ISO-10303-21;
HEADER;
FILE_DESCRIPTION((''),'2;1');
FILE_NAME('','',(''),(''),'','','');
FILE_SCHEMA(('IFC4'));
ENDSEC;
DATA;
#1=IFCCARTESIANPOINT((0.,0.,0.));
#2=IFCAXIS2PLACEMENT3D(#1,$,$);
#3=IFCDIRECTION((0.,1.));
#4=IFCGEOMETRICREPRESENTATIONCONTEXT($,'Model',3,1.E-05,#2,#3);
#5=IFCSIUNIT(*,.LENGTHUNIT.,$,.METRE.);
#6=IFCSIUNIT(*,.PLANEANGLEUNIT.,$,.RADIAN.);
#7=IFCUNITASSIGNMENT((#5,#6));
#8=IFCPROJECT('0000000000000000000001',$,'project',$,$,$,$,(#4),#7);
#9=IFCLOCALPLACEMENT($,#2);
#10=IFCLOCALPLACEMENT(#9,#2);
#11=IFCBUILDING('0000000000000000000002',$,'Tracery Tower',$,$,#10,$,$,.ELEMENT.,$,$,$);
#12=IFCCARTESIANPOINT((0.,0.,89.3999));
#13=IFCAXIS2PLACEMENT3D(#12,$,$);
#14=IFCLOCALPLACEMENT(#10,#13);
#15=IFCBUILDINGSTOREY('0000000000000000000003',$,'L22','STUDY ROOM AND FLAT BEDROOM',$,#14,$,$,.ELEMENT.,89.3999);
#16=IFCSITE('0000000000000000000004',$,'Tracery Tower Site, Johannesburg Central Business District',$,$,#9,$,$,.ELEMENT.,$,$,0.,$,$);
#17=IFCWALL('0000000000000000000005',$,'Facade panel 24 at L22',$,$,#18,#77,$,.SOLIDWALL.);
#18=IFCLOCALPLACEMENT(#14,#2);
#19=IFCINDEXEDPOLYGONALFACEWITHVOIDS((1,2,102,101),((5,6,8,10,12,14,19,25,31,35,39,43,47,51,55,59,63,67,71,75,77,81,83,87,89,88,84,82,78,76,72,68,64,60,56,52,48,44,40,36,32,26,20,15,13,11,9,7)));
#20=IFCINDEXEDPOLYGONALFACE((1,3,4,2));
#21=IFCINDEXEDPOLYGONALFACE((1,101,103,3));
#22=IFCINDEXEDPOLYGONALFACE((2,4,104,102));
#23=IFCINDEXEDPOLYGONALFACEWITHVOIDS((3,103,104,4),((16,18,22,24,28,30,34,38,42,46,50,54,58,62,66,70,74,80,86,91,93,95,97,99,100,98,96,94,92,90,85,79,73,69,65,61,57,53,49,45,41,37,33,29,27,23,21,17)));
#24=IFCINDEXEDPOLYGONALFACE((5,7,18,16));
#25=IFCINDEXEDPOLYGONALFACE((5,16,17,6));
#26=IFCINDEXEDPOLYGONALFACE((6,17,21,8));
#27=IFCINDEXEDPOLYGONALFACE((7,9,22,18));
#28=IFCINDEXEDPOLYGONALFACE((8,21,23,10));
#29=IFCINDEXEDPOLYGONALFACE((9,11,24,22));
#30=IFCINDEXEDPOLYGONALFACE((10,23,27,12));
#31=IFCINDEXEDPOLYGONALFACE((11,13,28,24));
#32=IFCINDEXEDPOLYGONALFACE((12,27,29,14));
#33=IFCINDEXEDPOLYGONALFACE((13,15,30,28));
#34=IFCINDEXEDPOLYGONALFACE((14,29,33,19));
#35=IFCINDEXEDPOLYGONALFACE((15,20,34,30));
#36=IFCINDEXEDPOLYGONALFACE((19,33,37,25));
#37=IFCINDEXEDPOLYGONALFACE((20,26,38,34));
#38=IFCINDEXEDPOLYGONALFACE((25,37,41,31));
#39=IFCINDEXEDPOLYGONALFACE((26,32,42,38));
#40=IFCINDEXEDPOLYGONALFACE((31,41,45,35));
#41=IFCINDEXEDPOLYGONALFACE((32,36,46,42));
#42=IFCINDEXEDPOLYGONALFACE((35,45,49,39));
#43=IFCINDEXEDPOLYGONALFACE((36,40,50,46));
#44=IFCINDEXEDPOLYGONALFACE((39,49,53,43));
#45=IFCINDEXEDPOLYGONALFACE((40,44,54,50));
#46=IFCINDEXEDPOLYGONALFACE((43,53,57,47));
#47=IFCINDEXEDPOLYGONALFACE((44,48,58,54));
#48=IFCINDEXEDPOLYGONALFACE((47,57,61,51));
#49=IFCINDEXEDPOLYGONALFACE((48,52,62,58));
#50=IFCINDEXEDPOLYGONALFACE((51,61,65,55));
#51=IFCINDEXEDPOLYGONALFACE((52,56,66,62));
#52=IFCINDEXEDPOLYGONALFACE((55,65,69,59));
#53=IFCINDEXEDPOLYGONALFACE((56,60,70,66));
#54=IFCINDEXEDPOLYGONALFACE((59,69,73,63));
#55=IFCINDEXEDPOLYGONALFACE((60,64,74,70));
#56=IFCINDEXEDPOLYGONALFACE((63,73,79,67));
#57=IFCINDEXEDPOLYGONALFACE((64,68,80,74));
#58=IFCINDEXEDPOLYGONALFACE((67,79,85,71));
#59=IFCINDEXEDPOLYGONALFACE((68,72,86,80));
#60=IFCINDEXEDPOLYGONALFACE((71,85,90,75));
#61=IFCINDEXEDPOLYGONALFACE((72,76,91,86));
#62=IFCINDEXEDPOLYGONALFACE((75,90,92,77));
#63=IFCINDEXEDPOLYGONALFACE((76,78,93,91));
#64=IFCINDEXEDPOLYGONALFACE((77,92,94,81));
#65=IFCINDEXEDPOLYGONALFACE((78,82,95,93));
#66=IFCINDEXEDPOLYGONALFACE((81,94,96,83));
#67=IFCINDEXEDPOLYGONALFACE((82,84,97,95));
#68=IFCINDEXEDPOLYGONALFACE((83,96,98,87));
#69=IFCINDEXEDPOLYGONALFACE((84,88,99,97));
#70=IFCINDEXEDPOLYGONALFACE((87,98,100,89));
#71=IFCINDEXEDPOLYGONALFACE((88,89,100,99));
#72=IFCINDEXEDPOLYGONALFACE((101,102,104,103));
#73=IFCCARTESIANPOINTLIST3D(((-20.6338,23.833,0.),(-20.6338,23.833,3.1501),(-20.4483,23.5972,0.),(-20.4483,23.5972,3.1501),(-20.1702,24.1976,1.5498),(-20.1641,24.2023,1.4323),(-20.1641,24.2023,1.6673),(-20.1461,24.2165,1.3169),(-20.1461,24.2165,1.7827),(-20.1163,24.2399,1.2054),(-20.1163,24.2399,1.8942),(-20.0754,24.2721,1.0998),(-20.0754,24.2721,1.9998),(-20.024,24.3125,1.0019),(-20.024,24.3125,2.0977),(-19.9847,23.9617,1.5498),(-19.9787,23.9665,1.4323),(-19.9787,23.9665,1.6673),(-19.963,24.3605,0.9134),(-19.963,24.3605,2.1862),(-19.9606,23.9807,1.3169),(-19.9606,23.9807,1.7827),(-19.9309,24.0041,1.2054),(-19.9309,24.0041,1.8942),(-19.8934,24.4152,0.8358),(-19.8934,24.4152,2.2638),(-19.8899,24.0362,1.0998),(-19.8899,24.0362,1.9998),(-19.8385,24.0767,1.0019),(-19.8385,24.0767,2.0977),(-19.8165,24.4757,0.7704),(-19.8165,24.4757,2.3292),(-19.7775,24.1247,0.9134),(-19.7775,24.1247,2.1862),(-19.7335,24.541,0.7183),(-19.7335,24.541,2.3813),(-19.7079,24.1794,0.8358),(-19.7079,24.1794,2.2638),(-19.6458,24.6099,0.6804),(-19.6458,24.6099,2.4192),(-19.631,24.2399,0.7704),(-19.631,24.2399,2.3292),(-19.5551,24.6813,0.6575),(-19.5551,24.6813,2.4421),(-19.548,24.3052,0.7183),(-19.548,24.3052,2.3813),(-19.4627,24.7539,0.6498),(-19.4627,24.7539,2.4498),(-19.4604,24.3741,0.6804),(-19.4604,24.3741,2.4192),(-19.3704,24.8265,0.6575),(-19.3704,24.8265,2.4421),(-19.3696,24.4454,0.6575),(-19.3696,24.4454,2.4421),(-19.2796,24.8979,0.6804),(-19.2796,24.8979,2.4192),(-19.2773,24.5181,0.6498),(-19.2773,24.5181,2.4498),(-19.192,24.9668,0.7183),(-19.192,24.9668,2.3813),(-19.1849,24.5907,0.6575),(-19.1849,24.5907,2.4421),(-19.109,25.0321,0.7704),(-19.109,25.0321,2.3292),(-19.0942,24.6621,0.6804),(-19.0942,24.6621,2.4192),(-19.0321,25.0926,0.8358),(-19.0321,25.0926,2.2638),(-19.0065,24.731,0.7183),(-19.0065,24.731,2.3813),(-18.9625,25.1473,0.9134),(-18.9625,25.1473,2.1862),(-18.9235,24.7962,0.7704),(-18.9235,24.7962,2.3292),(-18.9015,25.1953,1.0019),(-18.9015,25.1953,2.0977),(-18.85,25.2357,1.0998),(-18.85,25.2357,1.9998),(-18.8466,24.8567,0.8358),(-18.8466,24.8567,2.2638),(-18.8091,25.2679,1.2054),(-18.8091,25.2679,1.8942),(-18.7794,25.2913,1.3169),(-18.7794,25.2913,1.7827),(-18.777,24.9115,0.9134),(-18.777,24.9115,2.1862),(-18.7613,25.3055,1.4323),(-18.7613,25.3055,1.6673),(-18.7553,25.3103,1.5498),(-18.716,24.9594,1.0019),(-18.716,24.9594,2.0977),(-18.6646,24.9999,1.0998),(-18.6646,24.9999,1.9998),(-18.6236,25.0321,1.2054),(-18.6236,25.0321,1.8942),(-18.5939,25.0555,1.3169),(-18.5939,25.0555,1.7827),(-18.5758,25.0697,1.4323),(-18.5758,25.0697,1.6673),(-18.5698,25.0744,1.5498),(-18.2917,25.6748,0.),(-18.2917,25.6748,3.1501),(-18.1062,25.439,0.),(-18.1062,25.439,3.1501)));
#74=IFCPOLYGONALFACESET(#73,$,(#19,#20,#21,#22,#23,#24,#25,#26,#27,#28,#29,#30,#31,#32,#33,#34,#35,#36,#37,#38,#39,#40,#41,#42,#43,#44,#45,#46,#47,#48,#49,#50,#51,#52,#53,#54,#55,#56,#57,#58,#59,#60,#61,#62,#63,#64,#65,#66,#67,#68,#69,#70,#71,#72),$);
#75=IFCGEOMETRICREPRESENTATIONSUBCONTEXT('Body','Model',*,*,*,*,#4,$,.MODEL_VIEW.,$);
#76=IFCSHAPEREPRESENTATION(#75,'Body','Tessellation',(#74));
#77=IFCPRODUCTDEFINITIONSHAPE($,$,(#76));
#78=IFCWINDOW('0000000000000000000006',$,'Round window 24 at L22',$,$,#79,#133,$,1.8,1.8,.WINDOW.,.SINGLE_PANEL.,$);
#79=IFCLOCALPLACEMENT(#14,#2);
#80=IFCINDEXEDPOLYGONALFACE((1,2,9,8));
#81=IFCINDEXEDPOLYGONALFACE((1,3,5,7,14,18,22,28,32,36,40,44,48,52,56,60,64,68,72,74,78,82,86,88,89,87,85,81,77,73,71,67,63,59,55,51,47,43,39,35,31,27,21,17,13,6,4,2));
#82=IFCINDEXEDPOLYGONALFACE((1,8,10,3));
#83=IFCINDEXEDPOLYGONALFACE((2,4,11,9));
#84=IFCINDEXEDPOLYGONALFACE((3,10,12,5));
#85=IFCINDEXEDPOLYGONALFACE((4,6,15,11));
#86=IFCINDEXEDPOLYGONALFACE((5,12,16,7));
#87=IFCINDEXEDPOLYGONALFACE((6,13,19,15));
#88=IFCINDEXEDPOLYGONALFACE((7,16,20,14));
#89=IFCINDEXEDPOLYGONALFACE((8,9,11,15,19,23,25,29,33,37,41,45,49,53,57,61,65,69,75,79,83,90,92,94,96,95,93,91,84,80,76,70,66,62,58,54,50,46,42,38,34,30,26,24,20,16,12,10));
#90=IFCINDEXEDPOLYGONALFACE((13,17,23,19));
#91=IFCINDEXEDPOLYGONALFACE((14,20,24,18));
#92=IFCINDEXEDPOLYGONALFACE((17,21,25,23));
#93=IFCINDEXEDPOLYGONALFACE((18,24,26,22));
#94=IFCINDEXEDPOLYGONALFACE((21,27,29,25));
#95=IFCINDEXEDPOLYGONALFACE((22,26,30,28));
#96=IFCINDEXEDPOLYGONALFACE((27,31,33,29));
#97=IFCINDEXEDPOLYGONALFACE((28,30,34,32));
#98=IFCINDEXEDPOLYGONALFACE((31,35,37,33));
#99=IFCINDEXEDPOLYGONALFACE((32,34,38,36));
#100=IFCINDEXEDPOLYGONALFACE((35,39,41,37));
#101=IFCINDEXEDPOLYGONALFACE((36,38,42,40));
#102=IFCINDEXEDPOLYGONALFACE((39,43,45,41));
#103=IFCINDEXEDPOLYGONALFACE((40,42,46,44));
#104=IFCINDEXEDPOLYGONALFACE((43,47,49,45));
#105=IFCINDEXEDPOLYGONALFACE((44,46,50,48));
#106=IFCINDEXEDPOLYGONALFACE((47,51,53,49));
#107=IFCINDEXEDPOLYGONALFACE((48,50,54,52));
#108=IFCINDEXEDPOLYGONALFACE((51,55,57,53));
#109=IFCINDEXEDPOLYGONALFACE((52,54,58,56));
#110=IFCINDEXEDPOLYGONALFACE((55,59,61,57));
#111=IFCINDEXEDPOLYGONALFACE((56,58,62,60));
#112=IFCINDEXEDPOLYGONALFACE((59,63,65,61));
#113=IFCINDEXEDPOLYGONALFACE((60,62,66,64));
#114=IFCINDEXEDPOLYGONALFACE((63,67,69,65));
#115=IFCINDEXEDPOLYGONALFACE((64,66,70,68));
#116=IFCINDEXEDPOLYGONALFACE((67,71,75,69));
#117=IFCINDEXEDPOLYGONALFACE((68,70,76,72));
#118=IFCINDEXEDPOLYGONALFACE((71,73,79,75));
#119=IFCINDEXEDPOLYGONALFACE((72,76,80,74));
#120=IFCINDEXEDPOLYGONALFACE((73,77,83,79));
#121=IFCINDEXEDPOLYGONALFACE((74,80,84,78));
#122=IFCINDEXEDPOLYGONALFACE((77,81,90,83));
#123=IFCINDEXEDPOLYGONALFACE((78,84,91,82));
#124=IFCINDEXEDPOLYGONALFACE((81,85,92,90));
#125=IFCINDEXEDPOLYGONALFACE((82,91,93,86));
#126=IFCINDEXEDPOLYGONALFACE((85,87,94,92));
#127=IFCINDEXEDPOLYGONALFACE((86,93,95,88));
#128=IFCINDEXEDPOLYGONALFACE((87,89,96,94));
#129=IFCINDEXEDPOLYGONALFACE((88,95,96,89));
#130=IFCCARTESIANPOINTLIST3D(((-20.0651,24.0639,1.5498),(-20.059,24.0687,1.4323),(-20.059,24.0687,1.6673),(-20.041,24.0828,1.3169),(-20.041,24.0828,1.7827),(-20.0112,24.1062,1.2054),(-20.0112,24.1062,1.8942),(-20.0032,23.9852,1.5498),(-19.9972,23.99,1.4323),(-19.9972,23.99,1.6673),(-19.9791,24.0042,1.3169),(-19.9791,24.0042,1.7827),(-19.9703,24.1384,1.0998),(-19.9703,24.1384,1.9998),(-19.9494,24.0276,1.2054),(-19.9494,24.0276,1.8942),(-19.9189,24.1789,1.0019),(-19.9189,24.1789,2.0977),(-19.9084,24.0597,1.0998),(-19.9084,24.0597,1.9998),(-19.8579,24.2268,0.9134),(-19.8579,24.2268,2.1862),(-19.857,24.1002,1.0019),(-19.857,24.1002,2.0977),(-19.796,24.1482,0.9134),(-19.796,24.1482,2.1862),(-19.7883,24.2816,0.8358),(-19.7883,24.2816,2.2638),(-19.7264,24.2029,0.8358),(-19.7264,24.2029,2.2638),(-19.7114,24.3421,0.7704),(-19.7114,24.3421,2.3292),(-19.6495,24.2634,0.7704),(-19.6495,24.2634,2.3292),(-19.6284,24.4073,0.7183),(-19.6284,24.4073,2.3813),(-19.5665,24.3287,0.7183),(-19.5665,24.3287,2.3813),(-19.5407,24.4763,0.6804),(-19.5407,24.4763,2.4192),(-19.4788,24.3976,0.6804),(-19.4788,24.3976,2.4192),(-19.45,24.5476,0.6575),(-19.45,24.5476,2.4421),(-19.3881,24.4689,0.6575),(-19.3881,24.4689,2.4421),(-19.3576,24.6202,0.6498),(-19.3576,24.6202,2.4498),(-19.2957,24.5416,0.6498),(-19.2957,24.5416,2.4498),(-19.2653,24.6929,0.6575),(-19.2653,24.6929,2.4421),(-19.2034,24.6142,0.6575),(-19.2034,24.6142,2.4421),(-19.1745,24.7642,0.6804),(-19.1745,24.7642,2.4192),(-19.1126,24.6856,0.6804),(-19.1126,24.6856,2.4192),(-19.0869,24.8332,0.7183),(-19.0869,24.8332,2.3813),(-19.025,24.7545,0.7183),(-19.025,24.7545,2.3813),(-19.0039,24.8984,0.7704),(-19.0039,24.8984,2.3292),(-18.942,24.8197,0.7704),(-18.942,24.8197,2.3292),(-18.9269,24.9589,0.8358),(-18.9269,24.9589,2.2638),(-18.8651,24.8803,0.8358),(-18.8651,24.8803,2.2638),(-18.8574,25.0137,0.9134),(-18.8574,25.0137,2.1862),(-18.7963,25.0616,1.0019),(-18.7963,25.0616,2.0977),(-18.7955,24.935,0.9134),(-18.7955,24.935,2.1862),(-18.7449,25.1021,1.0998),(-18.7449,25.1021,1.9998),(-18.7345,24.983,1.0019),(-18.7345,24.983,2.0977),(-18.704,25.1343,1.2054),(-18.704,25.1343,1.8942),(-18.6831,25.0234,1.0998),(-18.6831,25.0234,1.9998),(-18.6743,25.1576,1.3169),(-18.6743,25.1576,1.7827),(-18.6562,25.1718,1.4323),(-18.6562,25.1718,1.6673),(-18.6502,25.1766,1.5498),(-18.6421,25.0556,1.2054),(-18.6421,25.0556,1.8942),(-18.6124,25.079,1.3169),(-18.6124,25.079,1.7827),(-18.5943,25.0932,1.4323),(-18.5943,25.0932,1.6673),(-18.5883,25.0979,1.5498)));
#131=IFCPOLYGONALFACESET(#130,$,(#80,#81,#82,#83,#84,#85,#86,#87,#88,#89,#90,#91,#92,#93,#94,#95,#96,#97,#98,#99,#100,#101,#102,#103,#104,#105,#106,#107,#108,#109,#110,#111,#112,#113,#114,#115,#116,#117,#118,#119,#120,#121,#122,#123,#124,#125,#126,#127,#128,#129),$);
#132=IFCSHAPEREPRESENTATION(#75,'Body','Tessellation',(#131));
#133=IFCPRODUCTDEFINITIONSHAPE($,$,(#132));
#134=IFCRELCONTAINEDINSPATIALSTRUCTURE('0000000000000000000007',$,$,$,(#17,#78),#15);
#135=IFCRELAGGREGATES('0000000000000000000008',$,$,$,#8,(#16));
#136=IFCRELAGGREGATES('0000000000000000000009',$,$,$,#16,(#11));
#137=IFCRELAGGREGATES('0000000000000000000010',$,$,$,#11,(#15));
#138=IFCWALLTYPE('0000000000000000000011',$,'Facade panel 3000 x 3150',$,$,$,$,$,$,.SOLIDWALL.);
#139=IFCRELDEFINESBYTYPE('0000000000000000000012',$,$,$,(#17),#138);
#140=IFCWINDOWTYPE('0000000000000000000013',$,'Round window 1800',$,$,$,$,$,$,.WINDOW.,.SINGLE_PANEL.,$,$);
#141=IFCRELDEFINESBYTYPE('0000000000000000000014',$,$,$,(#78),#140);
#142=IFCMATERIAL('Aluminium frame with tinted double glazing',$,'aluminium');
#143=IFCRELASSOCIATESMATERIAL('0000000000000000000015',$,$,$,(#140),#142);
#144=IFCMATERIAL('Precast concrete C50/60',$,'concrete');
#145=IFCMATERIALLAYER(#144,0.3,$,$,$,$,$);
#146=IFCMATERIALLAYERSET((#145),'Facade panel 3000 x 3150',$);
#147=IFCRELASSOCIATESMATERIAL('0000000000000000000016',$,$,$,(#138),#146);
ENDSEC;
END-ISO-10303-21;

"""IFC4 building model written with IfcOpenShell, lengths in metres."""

from ifc_helpers import new_model, si_unit, direction, frame, frame_2d, origin, origin_2d, place, context, subcontext, project, spatial, rectangle, circle, extrude, material, layer, layer_set, type_object, element, fill, save


model = new_model("IFC4")

# Units and contexts
model_context = context("Model", 3, precision=1e-05, world=origin(), true_north=direction((0.0, 1.0)))
body_context = subcontext(model_context, "Body", "Model", "MODEL_VIEW")
ifc_project = project(units=[si_unit("LENGTHUNIT", "METRE"), si_unit("PLANEANGLEUNIT", "RADIAN")], contexts=[model_context])

# Site, building, storey
site_placement = place(None, origin())
site = spatial("IfcSite", under=ifc_project, at=site_placement, Name="Tracery Tower Site, Johannesburg Central Business District", CompositionType="ELEMENT", RefElevation=0.0)
building_placement = place(site_placement, origin())
building = spatial("IfcBuilding", under=site, at=building_placement, Name="Tracery Tower", CompositionType="ELEMENT")
storey_placement = place(building_placement, frame((0.0, 0.0, 89.3999)))
storey = spatial("IfcBuildingStorey", under=building, at=storey_placement, Name="L22", Description="STUDY ROOM AND FLAT BEDROOM", CompositionType="ELEMENT", Elevation=89.3999)

# Wall, opening, window
ifc_material_1 = material(Name="Aluminium frame with tinted double glazing", Category="aluminium")
window_type = type_object("IfcWindowType", Name="Round window 1800", PartitioningType="SINGLE_PANEL", PredefinedType="WINDOW", material=ifc_material_1)
ifc_material_2 = material(Name="Precast concrete C50/60", Category="concrete")
ifc_layer_1 = layer(ifc_material_2, 0.3)
ifc_layer_set_1 = layer_set([ifc_layer_1], Name="Facade panel 3000 x 3150")
wall_type_1 = type_object("IfcWallType", Name="Facade panel 3000 x 3150", PredefinedType="SOLIDWALL", material=ifc_layer_set_1)
wall_1_placement = place(storey_placement, frame((-18.199, 25.5569, 0.0), z_axis=(0.0, 0.0, 1.0), x_axis=(-0.786054, -0.618158, 0.0)))
wall_1 = element("IfcWall", 1, at=wall_1_placement, inside=storey, type_object=wall_type_1, Name="Facade panel 24 at L22", PredefinedType="SOLIDWALL", context=body_context, shape_type="SweptSolid", body=[
    extrude(rectangle(XDim=2.9795, YDim=0.3, at=frame_2d((1.4897, 0.0))), origin(), (0.0, 0.0, 1.0), 3.1501),
])
opening_1_placement = place(wall_1_placement, frame((1.4897, 0.0, 1.5498)))
opening_1 = element("IfcOpeningElement", 2, at=opening_1_placement, cuts=wall_1, PredefinedType="OPENING", context=body_context, shape_type="SweptSolid", body=[
    extrude(circle(Radius=0.9, at=origin_2d()), frame((0.0, 0.1599, 0.0), z_axis=(0.0, -1.0, 0.0), x_axis=(1.0, 0.0, 0.0)), (0.0, 0.0, 1.0), 0.3201),
])
window_1_placement = place(opening_1_placement, origin())
window_1 = element("IfcWindow", 3, at=window_1_placement, inside=storey, type_object=window_type, Name="Round window 24 at L22", OverallHeight=1.8, OverallWidth=1.8, PartitioningType="SINGLE_PANEL", PredefinedType="WINDOW", context=body_context, shape_type="SweptSolid", body=[
    extrude(circle(Radius=0.9, at=origin_2d()), frame((0.0, 0.1201, 0.0), z_axis=(0.0, -1.0, 0.0), x_axis=(1.0, 0.0, 0.0)), (0.0, 0.0, 1.0), 0.1001),
])
fill(opening_1, window_1)

save(model, "model.ifc")
